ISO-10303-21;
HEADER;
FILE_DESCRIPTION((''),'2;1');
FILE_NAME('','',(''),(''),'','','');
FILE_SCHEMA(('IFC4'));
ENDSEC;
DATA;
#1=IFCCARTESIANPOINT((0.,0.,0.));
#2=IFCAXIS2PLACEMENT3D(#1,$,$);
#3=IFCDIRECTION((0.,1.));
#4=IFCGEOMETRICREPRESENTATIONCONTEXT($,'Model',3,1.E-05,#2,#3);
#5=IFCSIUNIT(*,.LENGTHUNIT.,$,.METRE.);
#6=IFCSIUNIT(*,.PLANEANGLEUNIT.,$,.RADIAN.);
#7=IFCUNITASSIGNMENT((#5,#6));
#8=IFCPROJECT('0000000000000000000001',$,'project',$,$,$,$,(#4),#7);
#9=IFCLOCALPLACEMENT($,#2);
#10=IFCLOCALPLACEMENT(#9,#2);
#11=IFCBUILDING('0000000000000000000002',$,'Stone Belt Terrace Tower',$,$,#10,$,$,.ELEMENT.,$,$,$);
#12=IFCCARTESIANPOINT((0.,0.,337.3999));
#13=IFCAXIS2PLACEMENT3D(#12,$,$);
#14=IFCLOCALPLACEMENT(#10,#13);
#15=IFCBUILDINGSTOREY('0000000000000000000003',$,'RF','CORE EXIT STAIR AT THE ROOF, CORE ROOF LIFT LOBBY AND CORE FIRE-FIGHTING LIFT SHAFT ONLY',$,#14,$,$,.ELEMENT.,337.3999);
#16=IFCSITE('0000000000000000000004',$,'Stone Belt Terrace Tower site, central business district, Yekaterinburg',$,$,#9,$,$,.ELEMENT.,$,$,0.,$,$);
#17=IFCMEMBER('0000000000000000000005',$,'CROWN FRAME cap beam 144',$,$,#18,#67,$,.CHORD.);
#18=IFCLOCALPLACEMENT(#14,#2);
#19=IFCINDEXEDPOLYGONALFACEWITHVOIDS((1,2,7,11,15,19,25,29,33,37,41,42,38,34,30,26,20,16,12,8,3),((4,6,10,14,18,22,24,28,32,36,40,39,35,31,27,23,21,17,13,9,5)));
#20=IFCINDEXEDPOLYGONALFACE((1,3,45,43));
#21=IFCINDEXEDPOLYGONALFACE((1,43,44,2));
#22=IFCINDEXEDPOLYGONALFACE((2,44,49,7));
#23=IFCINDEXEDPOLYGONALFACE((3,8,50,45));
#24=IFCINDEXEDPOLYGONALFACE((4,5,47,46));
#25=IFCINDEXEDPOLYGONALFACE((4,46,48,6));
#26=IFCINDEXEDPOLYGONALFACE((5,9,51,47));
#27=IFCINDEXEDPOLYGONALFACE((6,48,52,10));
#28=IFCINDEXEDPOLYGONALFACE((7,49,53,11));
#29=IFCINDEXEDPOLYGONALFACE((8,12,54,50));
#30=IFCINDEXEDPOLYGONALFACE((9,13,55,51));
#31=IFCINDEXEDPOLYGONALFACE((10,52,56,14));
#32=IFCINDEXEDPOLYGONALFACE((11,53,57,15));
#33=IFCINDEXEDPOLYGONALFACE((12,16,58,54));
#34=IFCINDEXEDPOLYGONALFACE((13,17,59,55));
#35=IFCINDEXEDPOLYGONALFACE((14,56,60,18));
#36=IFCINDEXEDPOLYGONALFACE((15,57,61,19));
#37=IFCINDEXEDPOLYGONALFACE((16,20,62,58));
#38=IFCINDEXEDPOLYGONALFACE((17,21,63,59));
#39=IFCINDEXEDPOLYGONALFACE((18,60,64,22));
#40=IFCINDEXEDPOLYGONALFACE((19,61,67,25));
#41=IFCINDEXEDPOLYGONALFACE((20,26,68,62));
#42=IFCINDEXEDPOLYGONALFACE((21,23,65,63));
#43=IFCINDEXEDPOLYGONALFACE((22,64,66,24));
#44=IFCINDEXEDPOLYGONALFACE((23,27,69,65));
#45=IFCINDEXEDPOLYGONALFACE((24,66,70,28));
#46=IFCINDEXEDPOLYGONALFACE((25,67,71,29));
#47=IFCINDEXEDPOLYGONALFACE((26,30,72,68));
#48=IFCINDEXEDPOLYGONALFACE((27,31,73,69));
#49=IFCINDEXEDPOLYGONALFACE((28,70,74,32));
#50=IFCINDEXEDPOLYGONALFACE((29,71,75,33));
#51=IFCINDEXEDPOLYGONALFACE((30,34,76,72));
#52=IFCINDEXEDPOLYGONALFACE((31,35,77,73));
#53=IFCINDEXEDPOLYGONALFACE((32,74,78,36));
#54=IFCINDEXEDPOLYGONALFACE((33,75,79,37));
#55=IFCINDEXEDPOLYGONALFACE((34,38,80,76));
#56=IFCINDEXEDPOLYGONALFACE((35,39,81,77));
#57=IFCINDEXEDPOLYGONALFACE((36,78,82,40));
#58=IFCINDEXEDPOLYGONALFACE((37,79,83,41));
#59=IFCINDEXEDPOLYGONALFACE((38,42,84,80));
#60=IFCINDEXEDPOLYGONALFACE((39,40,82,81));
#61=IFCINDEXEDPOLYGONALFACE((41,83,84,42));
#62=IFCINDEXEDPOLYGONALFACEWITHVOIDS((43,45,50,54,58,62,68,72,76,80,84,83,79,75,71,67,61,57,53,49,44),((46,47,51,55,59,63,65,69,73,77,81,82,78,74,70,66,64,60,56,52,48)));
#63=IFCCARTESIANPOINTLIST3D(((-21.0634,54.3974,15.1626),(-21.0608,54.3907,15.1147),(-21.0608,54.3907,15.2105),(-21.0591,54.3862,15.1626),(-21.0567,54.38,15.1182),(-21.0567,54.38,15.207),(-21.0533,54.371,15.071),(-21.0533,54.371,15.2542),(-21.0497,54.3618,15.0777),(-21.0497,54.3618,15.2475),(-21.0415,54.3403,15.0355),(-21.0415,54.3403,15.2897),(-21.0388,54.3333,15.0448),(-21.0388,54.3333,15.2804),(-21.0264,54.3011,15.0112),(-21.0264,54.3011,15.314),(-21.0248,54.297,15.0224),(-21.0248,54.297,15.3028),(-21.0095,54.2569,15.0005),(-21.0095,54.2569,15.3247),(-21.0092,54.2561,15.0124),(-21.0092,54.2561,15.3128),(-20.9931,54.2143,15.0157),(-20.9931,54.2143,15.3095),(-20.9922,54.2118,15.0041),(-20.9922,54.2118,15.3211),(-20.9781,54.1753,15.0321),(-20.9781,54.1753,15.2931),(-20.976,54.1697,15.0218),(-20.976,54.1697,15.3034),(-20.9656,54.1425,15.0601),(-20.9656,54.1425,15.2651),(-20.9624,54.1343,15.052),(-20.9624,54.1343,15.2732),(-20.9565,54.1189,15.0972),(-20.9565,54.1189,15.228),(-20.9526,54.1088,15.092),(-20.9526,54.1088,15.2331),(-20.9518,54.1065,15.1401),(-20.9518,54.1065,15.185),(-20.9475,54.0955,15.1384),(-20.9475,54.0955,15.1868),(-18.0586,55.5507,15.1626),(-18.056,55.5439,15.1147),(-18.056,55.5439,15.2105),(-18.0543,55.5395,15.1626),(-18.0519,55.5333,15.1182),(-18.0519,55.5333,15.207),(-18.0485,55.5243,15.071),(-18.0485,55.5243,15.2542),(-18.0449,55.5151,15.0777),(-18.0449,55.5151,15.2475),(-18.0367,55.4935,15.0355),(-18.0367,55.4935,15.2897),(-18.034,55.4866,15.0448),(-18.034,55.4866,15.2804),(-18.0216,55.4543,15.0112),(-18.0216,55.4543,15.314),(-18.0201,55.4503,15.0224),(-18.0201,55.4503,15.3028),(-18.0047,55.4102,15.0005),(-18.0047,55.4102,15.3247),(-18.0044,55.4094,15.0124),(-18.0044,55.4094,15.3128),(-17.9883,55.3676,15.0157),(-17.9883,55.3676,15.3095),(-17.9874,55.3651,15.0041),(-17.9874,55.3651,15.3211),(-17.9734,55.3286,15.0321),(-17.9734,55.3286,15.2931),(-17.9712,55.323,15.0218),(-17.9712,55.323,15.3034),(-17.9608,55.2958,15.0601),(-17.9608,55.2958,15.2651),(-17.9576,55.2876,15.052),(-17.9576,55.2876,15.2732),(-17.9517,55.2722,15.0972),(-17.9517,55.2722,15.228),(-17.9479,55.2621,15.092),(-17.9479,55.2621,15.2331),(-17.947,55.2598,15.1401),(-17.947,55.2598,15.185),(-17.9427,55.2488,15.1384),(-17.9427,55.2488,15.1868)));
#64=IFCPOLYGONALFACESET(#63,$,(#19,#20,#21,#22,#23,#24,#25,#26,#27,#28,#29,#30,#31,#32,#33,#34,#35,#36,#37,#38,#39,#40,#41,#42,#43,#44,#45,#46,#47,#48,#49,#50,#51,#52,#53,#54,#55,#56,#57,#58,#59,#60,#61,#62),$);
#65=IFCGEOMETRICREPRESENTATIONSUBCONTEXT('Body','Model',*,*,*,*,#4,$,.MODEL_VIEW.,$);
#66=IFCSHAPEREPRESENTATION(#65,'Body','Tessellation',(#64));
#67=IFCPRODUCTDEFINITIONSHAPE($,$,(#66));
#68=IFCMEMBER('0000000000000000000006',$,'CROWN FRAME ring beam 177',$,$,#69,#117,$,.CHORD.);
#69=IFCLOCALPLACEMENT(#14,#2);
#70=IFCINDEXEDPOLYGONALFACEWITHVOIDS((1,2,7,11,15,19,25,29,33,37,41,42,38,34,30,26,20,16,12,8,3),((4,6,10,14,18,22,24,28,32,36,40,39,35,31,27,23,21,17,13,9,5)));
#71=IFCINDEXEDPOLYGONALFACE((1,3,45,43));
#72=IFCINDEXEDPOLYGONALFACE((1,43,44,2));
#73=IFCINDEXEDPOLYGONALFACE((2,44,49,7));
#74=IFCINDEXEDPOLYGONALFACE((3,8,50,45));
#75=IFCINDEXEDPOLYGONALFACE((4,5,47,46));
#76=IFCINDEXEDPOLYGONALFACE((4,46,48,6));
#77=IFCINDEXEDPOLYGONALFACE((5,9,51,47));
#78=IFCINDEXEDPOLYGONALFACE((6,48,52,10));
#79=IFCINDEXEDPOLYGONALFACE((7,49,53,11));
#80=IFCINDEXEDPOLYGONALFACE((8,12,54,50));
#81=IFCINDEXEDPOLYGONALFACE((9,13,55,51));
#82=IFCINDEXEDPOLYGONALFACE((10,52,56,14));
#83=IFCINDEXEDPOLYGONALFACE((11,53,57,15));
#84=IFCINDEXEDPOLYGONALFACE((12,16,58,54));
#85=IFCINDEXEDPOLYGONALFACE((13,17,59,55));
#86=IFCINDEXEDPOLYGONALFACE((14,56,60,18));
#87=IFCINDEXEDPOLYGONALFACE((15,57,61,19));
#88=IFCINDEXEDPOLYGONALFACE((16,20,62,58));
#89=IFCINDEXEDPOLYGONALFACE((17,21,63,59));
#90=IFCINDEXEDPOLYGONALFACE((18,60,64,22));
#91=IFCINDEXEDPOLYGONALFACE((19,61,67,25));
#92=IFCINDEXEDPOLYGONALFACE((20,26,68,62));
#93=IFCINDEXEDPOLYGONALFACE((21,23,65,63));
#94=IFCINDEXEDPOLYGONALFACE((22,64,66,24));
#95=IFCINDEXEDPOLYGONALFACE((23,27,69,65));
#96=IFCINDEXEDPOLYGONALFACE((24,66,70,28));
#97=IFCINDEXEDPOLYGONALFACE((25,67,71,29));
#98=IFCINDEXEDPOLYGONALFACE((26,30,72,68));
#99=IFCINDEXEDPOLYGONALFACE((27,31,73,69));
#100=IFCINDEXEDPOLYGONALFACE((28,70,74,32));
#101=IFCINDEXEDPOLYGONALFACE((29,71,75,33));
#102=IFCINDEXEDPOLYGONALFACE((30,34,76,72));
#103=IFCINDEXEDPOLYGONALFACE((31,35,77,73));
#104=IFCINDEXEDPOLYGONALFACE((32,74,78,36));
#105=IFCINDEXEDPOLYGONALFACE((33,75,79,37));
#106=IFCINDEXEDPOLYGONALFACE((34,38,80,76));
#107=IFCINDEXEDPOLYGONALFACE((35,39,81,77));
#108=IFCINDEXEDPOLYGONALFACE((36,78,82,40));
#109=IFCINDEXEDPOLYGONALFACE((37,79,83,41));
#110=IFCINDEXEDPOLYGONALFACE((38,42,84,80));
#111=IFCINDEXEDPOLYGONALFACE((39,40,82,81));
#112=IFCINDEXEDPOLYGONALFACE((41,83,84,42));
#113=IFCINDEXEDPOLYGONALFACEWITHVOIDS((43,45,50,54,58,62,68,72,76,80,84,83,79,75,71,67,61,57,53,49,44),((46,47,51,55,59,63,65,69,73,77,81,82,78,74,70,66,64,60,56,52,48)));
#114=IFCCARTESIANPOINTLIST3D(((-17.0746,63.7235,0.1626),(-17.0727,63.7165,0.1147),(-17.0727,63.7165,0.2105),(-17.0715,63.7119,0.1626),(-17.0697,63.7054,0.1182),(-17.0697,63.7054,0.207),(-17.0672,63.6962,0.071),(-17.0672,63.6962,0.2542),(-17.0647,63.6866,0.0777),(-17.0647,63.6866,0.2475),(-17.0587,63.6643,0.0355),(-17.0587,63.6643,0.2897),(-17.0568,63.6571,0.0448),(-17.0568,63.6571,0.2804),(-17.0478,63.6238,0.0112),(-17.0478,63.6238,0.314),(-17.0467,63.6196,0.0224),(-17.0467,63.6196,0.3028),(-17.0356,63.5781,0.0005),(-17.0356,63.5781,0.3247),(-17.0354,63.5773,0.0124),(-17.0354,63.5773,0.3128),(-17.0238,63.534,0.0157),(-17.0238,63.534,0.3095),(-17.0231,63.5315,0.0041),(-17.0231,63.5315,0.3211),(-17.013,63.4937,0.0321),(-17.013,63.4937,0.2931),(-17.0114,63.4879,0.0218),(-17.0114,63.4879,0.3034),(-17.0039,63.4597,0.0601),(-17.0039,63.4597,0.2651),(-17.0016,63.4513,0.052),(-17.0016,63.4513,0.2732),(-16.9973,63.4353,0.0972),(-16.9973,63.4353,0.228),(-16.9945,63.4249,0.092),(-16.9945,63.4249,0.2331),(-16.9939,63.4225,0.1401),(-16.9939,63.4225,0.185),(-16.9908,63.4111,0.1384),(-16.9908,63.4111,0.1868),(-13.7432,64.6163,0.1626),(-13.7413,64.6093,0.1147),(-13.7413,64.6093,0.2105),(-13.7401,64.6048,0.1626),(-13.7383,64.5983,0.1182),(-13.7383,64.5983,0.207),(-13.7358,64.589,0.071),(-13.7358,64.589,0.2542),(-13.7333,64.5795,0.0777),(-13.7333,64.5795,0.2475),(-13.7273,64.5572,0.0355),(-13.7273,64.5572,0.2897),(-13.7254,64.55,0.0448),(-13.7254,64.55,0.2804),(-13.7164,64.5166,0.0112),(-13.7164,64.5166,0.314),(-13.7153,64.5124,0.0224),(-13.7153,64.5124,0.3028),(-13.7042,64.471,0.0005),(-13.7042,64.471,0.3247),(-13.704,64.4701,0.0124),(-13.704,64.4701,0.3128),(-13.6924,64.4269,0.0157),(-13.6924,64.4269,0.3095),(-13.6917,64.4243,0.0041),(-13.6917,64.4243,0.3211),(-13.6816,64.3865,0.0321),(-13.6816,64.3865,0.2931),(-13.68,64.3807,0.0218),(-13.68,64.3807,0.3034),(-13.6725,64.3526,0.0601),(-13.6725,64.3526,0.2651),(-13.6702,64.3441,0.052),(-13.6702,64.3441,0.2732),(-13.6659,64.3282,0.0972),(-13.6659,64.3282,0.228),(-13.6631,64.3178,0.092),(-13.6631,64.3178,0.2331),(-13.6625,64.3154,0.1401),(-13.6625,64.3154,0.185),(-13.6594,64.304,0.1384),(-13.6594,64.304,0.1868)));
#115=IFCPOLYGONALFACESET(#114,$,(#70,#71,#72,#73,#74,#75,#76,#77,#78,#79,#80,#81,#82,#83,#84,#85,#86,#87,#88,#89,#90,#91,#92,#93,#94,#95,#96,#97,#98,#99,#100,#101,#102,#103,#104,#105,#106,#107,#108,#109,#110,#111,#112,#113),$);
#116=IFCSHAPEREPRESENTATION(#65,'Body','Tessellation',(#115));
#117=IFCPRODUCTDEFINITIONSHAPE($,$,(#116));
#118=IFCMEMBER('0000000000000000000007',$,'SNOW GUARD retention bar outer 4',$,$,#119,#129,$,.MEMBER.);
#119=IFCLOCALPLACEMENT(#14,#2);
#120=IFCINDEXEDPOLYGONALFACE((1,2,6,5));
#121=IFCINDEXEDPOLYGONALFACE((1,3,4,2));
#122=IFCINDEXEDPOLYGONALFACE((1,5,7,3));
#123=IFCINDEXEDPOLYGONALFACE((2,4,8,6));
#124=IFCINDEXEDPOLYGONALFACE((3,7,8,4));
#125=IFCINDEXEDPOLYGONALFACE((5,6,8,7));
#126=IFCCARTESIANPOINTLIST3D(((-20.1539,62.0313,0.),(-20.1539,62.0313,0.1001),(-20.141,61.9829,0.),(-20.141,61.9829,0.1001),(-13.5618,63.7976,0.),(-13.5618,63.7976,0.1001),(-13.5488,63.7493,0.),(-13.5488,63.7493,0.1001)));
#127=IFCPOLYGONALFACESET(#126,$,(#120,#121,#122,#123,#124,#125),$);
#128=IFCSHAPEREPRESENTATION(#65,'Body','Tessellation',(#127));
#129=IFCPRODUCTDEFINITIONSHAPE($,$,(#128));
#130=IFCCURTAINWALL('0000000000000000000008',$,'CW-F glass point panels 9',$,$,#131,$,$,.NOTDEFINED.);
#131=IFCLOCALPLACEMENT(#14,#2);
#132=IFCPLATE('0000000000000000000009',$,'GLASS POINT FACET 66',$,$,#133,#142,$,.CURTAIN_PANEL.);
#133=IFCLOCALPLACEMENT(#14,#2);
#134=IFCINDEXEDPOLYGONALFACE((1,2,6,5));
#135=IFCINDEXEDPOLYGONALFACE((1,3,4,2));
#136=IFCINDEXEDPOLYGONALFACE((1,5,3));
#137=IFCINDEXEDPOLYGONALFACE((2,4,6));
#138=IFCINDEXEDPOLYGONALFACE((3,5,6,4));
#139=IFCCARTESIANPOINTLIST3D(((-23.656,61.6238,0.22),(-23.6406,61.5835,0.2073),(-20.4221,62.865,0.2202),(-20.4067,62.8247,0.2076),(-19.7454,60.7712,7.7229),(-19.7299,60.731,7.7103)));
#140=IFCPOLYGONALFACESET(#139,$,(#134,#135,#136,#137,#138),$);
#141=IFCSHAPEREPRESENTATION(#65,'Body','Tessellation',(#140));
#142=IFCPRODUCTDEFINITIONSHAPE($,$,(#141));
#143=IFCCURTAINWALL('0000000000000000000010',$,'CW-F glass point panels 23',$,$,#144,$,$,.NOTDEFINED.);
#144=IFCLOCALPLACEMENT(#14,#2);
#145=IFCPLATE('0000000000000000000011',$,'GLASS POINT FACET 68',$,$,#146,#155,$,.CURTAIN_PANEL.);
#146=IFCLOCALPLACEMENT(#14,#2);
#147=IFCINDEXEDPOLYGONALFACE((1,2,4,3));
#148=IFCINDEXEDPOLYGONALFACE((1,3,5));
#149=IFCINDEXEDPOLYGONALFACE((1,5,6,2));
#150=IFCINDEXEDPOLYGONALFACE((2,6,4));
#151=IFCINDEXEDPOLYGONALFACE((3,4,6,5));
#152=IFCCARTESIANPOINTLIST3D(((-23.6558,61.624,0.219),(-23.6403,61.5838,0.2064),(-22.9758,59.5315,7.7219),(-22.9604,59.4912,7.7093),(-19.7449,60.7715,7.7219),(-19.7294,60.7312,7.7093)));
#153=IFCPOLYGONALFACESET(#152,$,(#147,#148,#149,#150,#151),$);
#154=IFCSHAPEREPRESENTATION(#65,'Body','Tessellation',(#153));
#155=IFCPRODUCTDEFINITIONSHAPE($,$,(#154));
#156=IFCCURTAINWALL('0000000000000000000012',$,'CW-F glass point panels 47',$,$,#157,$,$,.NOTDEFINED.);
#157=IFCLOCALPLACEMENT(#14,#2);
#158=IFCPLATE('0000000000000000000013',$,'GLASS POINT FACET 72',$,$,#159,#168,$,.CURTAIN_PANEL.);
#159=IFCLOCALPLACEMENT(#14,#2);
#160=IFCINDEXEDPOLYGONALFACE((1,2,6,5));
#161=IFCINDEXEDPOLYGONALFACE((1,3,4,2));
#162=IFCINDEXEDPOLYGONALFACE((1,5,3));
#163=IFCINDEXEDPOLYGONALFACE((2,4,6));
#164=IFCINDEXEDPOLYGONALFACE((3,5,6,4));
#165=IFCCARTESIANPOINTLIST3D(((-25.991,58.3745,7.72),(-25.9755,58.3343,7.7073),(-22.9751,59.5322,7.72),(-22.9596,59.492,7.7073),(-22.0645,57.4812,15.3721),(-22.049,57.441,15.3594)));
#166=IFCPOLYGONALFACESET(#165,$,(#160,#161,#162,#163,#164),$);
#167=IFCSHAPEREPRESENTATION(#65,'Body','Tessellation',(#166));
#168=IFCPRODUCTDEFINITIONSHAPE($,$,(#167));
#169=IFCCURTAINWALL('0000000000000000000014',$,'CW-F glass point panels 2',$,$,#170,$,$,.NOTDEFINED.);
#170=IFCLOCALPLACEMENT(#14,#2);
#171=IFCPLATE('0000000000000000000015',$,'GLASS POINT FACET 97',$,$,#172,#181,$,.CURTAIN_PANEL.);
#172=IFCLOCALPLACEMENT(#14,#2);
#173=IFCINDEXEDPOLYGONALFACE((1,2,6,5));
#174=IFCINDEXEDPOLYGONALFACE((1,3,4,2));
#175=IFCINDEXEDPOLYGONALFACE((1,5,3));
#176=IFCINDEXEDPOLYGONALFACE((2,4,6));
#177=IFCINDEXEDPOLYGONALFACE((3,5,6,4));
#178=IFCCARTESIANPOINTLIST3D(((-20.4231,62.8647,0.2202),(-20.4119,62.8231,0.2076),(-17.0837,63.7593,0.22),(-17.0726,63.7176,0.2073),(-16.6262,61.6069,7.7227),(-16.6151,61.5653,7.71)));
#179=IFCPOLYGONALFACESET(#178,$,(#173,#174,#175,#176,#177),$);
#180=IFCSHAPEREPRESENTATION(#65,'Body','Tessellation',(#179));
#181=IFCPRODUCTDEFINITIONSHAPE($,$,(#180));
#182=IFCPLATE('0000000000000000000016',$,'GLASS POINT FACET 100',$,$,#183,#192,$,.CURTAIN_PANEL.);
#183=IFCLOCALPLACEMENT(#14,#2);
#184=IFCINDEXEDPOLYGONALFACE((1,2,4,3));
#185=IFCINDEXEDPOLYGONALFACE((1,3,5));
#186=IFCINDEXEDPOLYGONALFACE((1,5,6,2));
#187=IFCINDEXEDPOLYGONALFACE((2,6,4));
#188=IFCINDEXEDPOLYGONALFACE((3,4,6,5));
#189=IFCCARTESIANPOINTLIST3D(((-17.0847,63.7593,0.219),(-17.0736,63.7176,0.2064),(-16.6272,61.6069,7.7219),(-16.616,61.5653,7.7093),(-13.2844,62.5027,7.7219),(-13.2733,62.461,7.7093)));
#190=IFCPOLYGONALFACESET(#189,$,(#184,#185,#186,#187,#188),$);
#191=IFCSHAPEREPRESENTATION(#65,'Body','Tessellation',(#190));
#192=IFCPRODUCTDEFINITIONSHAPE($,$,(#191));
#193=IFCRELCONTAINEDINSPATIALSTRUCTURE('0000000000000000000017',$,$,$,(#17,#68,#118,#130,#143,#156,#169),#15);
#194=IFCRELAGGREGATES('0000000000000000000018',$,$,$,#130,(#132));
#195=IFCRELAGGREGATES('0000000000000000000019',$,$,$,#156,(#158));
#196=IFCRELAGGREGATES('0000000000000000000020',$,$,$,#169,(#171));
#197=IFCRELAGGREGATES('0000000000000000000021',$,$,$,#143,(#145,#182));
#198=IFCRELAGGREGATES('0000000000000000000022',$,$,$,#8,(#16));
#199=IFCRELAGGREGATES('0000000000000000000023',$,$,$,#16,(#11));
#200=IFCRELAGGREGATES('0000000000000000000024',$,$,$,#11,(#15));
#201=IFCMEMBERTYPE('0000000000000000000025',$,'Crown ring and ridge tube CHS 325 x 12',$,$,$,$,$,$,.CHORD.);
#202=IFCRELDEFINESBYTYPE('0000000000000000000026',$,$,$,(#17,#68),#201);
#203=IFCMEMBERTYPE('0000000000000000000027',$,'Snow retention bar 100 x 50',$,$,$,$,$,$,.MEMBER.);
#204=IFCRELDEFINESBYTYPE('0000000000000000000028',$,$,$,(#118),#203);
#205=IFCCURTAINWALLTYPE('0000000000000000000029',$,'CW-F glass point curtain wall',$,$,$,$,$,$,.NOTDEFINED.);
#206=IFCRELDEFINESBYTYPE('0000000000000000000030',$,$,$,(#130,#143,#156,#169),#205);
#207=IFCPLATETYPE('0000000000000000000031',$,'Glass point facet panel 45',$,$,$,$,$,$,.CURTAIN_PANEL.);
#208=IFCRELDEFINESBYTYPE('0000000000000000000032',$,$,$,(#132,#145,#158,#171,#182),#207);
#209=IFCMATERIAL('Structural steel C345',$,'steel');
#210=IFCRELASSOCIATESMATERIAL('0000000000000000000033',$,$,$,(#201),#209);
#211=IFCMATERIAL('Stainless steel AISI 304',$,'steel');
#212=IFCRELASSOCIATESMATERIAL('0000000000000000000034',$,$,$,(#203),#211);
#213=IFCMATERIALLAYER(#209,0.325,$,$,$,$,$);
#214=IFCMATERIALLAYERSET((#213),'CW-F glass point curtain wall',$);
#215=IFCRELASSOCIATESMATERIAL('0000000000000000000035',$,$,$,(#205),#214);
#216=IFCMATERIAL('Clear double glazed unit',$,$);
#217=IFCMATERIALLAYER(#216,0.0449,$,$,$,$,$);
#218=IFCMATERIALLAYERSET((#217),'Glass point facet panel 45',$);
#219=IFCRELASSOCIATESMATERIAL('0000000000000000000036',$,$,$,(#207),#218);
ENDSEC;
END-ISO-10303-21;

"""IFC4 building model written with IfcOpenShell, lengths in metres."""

from ifc_helpers import new_model, si_unit, direction, frame, origin, origin_2d, place, context, subcontext, project, spatial, polyline, rectangle, hollow_circle, outline, extrude, material, layer, layer_set, material_profile, profile_set, type_object, element, aggregate, save


model = new_model("IFC4")

# Units and contexts
model_context = context("Model", 3, precision=1e-05, world=origin(), true_north=direction((0.0, 1.0)))
body_context = subcontext(model_context, "Body", "Model", "MODEL_VIEW")
ifc_project = project(units=[si_unit("LENGTHUNIT", "METRE"), si_unit("PLANEANGLEUNIT", "RADIAN")], contexts=[model_context])

# Site, building, storey
site_placement = place(None, origin())
site = spatial("IfcSite", under=ifc_project, at=site_placement, Name="Stone Belt Terrace Tower site, central business district, Yekaterinburg", CompositionType="ELEMENT", RefElevation=0.0)
building_placement = place(site_placement, origin())
building = spatial("IfcBuilding", under=site, at=building_placement, Name="Stone Belt Terrace Tower", CompositionType="ELEMENT")
storey_placement = place(building_placement, frame((0.0, 0.0, 337.3999)))
storey = spatial("IfcBuildingStorey", under=building, at=storey_placement, Name="RF", Description="CORE EXIT STAIR AT THE ROOF, CORE ROOF LIFT LOBBY AND CORE FIRE-FIGHTING LIFT SHAFT ONLY", CompositionType="ELEMENT", Elevation=337.3999)

# Members
ifc_material_1 = material(Name="Structural steel C345", Category="steel")
ifc_material_profile_1 = material_profile(ifc_material_1, hollow_circle(Radius=0.1626, WallThickness=0.012, at=origin_2d()), Name="Structural steel C345 CHS 325x12")
ifc_profile_set_1 = profile_set([ifc_material_profile_1], Name="Structural steel C345")
member_type_1 = type_object("IfcMemberType", Name="Crown ring and ridge tube CHS 325 x 12", PredefinedType="CHORD", material=ifc_profile_set_1)
member_1_placement = place(storey_placement, frame((-21.0051, 54.2456, 15.1626), z_axis=(0.933596, 0.358328, 0.0), x_axis=(-0.358328, 0.933596, 0.0)))
element("IfcMember", 1, at=member_1_placement, inside=storey, type_object=member_type_1, Name="CROWN FRAME cap beam 144", PredefinedType="CHORD", context=body_context, shape_type="SweptSolid", body=[
    extrude(hollow_circle(Radius=0.1626, WallThickness=0.012, at=origin_2d()), origin(), (0.0, 0.0, 1.0), 3.2185),
])
member_2_placement = place(storey_placement, frame((-17.0325, 63.5664, 0.1626), z_axis=(0.965911, 0.258874, 0.0), x_axis=(-0.258874, 0.965911, 0.0)))
element("IfcMember", 2, at=member_2_placement, inside=storey, type_object=member_type_1, Name="CROWN FRAME ring beam 177", PredefinedType="CHORD", context=body_context, shape_type="SweptSolid", body=[
    extrude(hollow_circle(Radius=0.1626, WallThickness=0.012, at=origin_2d()), origin(), (0.0, 0.0, 1.0), 3.449),
])
ifc_material_2 = material(Name="Stainless steel AISI 304", Category="steel")
ifc_material_profile_2 = material_profile(ifc_material_2, rectangle(XDim=0.05, YDim=0.1001, at=origin_2d()), Name="Stainless steel AISI 304 100x50")
ifc_profile_set_2 = profile_set([ifc_material_profile_2], Name="Stainless steel AISI 304")
member_type_2 = type_object("IfcMemberType", Name="Snow retention bar 100 x 50", PredefinedType="MEMBER", material=ifc_profile_set_2)
member_3_placement = place(storey_placement, frame((-20.1475, 62.0071, 0.05), z_axis=(0.965925, 0.258823, 0.0), x_axis=(-0.258823, 0.965925, 0.0)))
element("IfcMember", 3, at=member_3_placement, inside=storey, type_object=member_type_2, Name="SNOW GUARD retention bar outer 4", PredefinedType="MEMBER", context=body_context, shape_type="SweptSolid", body=[
    extrude(rectangle(XDim=0.05, YDim=0.1001, at=origin_2d()), origin(), (0.0, 0.0, 1.0), 6.8247),
])

# Curtain walls, plates
ifc_layer_1 = layer(ifc_material_1, 0.325)
ifc_layer_set_1 = layer_set([ifc_layer_1], Name="CW-F glass point curtain wall")
curtain_wall_type = type_object("IfcCurtainWallType", Name="CW-F glass point curtain wall", PredefinedType="NOTDEFINED", material=ifc_layer_set_1)
curtain_wall_1_placement = place(storey_placement, origin())
curtain_wall_1 = element("IfcCurtainWall", 4, at=curtain_wall_1_placement, inside=storey, type_object=curtain_wall_type, Name="CW-F glass point panels 9", PredefinedType="NOTDEFINED")
ifc_material_3 = material(Name="Clear double glazed unit")
ifc_layer_2 = layer(ifc_material_3, 0.0449)
ifc_layer_set_2 = layer_set([ifc_layer_2], Name="Glass point facet panel 45")
plate_type = type_object("IfcPlateType", Name="Glass point facet panel 45", PredefinedType="CURTAIN_PANEL", material=ifc_layer_set_2)
plate_1_placement = place(storey_placement, frame((-20.4221, 62.865, 0.2202), z_axis=(-0.343902, 0.895958, 0.281053), x_axis=(0.086556, -0.267787, 0.959582)))
plate_1 = element("IfcPlate", 5, at=plate_1_placement, type_object=plate_type, Name="GLASS POINT FACET 66", PredefinedType="CURTAIN_PANEL", context=body_context, shape_type="SweptSolid", body=[
    extrude(outline(polyline([(0.0, 0.0), (7.8187, 0.0), (0.0522, -3.4635), (0.0, 0.0)])), origin(), (0.0, 0.0, -1.0), 0.0449),
])
aggregate(curtain_wall_1, [plate_1])
curtain_wall_2_placement = place(storey_placement, origin())
curtain_wall_2 = element("IfcCurtainWall", 6, at=curtain_wall_2_placement, inside=storey, type_object=curtain_wall_type, Name="CW-F glass point panels 23", PredefinedType="NOTDEFINED")
plate_2_placement = place(storey_placement, frame((-23.6558, 61.624, 0.219), z_axis=(-0.343861, 0.895976, 0.281045), x_axis=(0.459895, -0.100253, 0.882296)))
plate_2 = element("IfcPlate", 7, at=plate_2_placement, type_object=plate_type, Name="GLASS POINT FACET 68", PredefinedType="CURTAIN_PANEL", context=body_context, shape_type="SweptSolid", body=[
    extrude(outline(polyline([(0.0, 0.0), (8.5039, 0.0), (7.1423, -3.1816), (0.0, 0.0)])), origin(), (0.0, 0.0, -1.0), 0.0449),
])
curtain_wall_3_placement = place(storey_placement, origin())
curtain_wall_3 = element("IfcCurtainWall", 8, at=curtain_wall_3_placement, inside=storey, type_object=curtain_wall_type, Name="CW-F glass point panels 47", PredefinedType="NOTDEFINED")
plate_3_placement = place(storey_placement, frame((-22.9751, 59.5322, 7.72), z_axis=(-0.343929, 0.895941, 0.281073), x_axis=(0.114196, -0.257202, 0.959586)))
plate_3 = element("IfcPlate", 9, at=plate_3_placement, type_object=plate_type, Name="GLASS POINT FACET 72", PredefinedType="CURTAIN_PANEL", context=body_context, shape_type="SweptSolid", body=[
    extrude(outline(polyline([(0.0, 0.0), (7.9744, 0.0), (-0.0466, -3.2301), (0.0, 0.0)])), origin(), (0.0, 0.0, -1.0), 0.0449),
])
aggregate(curtain_wall_3, [plate_3])
curtain_wall_4_placement = place(storey_placement, origin())
curtain_wall_4 = element("IfcCurtainWall", 10, at=curtain_wall_4_placement, inside=storey, type_object=curtain_wall_type, Name="CW-F glass point panels 2", PredefinedType="NOTDEFINED")
plate_4_placement = place(storey_placement, frame((-20.4231, 62.8647, 0.2202), z_axis=(-0.248302, 0.927007, 0.281078), x_axis=(0.965944, 0.258753, -0.000071)))
plate_4 = element("IfcPlate", 11, at=plate_4_placement, type_object=plate_type, Name="GLASS POINT FACET 97", PredefinedType="CURTAIN_PANEL", context=body_context, shape_type="SweptSolid", body=[
    extrude(outline(polyline([(0.0, 0.0), (3.4571, 0.0), (3.3416, -7.8179), (0.0, 0.0)])), origin(), (0.0, 0.0, -1.0), 0.0449),
])
aggregate(curtain_wall_4, [plate_4])

# Plate
plate_5_placement = place(storey_placement, frame((-17.0847, 63.7593, 0.219), z_axis=(-0.248401, 0.926983, 0.281068), x_axis=(0.446892, -0.147768, 0.8823)))
plate_5 = element("IfcPlate", 12, at=plate_5_placement, type_object=plate_type, Name="GLASS POINT FACET 100", PredefinedType="CURTAIN_PANEL", context=body_context, shape_type="SweptSolid", body=[
    extrude(outline(polyline([(0.0, 0.0), (8.5038, 0.0), (7.1423, -3.1816), (0.0, 0.0)])), origin(), (0.0, 0.0, -1.0), 0.0449),
])
aggregate(curtain_wall_2, [plate_2, plate_5])

save(model, "model.ifc")
